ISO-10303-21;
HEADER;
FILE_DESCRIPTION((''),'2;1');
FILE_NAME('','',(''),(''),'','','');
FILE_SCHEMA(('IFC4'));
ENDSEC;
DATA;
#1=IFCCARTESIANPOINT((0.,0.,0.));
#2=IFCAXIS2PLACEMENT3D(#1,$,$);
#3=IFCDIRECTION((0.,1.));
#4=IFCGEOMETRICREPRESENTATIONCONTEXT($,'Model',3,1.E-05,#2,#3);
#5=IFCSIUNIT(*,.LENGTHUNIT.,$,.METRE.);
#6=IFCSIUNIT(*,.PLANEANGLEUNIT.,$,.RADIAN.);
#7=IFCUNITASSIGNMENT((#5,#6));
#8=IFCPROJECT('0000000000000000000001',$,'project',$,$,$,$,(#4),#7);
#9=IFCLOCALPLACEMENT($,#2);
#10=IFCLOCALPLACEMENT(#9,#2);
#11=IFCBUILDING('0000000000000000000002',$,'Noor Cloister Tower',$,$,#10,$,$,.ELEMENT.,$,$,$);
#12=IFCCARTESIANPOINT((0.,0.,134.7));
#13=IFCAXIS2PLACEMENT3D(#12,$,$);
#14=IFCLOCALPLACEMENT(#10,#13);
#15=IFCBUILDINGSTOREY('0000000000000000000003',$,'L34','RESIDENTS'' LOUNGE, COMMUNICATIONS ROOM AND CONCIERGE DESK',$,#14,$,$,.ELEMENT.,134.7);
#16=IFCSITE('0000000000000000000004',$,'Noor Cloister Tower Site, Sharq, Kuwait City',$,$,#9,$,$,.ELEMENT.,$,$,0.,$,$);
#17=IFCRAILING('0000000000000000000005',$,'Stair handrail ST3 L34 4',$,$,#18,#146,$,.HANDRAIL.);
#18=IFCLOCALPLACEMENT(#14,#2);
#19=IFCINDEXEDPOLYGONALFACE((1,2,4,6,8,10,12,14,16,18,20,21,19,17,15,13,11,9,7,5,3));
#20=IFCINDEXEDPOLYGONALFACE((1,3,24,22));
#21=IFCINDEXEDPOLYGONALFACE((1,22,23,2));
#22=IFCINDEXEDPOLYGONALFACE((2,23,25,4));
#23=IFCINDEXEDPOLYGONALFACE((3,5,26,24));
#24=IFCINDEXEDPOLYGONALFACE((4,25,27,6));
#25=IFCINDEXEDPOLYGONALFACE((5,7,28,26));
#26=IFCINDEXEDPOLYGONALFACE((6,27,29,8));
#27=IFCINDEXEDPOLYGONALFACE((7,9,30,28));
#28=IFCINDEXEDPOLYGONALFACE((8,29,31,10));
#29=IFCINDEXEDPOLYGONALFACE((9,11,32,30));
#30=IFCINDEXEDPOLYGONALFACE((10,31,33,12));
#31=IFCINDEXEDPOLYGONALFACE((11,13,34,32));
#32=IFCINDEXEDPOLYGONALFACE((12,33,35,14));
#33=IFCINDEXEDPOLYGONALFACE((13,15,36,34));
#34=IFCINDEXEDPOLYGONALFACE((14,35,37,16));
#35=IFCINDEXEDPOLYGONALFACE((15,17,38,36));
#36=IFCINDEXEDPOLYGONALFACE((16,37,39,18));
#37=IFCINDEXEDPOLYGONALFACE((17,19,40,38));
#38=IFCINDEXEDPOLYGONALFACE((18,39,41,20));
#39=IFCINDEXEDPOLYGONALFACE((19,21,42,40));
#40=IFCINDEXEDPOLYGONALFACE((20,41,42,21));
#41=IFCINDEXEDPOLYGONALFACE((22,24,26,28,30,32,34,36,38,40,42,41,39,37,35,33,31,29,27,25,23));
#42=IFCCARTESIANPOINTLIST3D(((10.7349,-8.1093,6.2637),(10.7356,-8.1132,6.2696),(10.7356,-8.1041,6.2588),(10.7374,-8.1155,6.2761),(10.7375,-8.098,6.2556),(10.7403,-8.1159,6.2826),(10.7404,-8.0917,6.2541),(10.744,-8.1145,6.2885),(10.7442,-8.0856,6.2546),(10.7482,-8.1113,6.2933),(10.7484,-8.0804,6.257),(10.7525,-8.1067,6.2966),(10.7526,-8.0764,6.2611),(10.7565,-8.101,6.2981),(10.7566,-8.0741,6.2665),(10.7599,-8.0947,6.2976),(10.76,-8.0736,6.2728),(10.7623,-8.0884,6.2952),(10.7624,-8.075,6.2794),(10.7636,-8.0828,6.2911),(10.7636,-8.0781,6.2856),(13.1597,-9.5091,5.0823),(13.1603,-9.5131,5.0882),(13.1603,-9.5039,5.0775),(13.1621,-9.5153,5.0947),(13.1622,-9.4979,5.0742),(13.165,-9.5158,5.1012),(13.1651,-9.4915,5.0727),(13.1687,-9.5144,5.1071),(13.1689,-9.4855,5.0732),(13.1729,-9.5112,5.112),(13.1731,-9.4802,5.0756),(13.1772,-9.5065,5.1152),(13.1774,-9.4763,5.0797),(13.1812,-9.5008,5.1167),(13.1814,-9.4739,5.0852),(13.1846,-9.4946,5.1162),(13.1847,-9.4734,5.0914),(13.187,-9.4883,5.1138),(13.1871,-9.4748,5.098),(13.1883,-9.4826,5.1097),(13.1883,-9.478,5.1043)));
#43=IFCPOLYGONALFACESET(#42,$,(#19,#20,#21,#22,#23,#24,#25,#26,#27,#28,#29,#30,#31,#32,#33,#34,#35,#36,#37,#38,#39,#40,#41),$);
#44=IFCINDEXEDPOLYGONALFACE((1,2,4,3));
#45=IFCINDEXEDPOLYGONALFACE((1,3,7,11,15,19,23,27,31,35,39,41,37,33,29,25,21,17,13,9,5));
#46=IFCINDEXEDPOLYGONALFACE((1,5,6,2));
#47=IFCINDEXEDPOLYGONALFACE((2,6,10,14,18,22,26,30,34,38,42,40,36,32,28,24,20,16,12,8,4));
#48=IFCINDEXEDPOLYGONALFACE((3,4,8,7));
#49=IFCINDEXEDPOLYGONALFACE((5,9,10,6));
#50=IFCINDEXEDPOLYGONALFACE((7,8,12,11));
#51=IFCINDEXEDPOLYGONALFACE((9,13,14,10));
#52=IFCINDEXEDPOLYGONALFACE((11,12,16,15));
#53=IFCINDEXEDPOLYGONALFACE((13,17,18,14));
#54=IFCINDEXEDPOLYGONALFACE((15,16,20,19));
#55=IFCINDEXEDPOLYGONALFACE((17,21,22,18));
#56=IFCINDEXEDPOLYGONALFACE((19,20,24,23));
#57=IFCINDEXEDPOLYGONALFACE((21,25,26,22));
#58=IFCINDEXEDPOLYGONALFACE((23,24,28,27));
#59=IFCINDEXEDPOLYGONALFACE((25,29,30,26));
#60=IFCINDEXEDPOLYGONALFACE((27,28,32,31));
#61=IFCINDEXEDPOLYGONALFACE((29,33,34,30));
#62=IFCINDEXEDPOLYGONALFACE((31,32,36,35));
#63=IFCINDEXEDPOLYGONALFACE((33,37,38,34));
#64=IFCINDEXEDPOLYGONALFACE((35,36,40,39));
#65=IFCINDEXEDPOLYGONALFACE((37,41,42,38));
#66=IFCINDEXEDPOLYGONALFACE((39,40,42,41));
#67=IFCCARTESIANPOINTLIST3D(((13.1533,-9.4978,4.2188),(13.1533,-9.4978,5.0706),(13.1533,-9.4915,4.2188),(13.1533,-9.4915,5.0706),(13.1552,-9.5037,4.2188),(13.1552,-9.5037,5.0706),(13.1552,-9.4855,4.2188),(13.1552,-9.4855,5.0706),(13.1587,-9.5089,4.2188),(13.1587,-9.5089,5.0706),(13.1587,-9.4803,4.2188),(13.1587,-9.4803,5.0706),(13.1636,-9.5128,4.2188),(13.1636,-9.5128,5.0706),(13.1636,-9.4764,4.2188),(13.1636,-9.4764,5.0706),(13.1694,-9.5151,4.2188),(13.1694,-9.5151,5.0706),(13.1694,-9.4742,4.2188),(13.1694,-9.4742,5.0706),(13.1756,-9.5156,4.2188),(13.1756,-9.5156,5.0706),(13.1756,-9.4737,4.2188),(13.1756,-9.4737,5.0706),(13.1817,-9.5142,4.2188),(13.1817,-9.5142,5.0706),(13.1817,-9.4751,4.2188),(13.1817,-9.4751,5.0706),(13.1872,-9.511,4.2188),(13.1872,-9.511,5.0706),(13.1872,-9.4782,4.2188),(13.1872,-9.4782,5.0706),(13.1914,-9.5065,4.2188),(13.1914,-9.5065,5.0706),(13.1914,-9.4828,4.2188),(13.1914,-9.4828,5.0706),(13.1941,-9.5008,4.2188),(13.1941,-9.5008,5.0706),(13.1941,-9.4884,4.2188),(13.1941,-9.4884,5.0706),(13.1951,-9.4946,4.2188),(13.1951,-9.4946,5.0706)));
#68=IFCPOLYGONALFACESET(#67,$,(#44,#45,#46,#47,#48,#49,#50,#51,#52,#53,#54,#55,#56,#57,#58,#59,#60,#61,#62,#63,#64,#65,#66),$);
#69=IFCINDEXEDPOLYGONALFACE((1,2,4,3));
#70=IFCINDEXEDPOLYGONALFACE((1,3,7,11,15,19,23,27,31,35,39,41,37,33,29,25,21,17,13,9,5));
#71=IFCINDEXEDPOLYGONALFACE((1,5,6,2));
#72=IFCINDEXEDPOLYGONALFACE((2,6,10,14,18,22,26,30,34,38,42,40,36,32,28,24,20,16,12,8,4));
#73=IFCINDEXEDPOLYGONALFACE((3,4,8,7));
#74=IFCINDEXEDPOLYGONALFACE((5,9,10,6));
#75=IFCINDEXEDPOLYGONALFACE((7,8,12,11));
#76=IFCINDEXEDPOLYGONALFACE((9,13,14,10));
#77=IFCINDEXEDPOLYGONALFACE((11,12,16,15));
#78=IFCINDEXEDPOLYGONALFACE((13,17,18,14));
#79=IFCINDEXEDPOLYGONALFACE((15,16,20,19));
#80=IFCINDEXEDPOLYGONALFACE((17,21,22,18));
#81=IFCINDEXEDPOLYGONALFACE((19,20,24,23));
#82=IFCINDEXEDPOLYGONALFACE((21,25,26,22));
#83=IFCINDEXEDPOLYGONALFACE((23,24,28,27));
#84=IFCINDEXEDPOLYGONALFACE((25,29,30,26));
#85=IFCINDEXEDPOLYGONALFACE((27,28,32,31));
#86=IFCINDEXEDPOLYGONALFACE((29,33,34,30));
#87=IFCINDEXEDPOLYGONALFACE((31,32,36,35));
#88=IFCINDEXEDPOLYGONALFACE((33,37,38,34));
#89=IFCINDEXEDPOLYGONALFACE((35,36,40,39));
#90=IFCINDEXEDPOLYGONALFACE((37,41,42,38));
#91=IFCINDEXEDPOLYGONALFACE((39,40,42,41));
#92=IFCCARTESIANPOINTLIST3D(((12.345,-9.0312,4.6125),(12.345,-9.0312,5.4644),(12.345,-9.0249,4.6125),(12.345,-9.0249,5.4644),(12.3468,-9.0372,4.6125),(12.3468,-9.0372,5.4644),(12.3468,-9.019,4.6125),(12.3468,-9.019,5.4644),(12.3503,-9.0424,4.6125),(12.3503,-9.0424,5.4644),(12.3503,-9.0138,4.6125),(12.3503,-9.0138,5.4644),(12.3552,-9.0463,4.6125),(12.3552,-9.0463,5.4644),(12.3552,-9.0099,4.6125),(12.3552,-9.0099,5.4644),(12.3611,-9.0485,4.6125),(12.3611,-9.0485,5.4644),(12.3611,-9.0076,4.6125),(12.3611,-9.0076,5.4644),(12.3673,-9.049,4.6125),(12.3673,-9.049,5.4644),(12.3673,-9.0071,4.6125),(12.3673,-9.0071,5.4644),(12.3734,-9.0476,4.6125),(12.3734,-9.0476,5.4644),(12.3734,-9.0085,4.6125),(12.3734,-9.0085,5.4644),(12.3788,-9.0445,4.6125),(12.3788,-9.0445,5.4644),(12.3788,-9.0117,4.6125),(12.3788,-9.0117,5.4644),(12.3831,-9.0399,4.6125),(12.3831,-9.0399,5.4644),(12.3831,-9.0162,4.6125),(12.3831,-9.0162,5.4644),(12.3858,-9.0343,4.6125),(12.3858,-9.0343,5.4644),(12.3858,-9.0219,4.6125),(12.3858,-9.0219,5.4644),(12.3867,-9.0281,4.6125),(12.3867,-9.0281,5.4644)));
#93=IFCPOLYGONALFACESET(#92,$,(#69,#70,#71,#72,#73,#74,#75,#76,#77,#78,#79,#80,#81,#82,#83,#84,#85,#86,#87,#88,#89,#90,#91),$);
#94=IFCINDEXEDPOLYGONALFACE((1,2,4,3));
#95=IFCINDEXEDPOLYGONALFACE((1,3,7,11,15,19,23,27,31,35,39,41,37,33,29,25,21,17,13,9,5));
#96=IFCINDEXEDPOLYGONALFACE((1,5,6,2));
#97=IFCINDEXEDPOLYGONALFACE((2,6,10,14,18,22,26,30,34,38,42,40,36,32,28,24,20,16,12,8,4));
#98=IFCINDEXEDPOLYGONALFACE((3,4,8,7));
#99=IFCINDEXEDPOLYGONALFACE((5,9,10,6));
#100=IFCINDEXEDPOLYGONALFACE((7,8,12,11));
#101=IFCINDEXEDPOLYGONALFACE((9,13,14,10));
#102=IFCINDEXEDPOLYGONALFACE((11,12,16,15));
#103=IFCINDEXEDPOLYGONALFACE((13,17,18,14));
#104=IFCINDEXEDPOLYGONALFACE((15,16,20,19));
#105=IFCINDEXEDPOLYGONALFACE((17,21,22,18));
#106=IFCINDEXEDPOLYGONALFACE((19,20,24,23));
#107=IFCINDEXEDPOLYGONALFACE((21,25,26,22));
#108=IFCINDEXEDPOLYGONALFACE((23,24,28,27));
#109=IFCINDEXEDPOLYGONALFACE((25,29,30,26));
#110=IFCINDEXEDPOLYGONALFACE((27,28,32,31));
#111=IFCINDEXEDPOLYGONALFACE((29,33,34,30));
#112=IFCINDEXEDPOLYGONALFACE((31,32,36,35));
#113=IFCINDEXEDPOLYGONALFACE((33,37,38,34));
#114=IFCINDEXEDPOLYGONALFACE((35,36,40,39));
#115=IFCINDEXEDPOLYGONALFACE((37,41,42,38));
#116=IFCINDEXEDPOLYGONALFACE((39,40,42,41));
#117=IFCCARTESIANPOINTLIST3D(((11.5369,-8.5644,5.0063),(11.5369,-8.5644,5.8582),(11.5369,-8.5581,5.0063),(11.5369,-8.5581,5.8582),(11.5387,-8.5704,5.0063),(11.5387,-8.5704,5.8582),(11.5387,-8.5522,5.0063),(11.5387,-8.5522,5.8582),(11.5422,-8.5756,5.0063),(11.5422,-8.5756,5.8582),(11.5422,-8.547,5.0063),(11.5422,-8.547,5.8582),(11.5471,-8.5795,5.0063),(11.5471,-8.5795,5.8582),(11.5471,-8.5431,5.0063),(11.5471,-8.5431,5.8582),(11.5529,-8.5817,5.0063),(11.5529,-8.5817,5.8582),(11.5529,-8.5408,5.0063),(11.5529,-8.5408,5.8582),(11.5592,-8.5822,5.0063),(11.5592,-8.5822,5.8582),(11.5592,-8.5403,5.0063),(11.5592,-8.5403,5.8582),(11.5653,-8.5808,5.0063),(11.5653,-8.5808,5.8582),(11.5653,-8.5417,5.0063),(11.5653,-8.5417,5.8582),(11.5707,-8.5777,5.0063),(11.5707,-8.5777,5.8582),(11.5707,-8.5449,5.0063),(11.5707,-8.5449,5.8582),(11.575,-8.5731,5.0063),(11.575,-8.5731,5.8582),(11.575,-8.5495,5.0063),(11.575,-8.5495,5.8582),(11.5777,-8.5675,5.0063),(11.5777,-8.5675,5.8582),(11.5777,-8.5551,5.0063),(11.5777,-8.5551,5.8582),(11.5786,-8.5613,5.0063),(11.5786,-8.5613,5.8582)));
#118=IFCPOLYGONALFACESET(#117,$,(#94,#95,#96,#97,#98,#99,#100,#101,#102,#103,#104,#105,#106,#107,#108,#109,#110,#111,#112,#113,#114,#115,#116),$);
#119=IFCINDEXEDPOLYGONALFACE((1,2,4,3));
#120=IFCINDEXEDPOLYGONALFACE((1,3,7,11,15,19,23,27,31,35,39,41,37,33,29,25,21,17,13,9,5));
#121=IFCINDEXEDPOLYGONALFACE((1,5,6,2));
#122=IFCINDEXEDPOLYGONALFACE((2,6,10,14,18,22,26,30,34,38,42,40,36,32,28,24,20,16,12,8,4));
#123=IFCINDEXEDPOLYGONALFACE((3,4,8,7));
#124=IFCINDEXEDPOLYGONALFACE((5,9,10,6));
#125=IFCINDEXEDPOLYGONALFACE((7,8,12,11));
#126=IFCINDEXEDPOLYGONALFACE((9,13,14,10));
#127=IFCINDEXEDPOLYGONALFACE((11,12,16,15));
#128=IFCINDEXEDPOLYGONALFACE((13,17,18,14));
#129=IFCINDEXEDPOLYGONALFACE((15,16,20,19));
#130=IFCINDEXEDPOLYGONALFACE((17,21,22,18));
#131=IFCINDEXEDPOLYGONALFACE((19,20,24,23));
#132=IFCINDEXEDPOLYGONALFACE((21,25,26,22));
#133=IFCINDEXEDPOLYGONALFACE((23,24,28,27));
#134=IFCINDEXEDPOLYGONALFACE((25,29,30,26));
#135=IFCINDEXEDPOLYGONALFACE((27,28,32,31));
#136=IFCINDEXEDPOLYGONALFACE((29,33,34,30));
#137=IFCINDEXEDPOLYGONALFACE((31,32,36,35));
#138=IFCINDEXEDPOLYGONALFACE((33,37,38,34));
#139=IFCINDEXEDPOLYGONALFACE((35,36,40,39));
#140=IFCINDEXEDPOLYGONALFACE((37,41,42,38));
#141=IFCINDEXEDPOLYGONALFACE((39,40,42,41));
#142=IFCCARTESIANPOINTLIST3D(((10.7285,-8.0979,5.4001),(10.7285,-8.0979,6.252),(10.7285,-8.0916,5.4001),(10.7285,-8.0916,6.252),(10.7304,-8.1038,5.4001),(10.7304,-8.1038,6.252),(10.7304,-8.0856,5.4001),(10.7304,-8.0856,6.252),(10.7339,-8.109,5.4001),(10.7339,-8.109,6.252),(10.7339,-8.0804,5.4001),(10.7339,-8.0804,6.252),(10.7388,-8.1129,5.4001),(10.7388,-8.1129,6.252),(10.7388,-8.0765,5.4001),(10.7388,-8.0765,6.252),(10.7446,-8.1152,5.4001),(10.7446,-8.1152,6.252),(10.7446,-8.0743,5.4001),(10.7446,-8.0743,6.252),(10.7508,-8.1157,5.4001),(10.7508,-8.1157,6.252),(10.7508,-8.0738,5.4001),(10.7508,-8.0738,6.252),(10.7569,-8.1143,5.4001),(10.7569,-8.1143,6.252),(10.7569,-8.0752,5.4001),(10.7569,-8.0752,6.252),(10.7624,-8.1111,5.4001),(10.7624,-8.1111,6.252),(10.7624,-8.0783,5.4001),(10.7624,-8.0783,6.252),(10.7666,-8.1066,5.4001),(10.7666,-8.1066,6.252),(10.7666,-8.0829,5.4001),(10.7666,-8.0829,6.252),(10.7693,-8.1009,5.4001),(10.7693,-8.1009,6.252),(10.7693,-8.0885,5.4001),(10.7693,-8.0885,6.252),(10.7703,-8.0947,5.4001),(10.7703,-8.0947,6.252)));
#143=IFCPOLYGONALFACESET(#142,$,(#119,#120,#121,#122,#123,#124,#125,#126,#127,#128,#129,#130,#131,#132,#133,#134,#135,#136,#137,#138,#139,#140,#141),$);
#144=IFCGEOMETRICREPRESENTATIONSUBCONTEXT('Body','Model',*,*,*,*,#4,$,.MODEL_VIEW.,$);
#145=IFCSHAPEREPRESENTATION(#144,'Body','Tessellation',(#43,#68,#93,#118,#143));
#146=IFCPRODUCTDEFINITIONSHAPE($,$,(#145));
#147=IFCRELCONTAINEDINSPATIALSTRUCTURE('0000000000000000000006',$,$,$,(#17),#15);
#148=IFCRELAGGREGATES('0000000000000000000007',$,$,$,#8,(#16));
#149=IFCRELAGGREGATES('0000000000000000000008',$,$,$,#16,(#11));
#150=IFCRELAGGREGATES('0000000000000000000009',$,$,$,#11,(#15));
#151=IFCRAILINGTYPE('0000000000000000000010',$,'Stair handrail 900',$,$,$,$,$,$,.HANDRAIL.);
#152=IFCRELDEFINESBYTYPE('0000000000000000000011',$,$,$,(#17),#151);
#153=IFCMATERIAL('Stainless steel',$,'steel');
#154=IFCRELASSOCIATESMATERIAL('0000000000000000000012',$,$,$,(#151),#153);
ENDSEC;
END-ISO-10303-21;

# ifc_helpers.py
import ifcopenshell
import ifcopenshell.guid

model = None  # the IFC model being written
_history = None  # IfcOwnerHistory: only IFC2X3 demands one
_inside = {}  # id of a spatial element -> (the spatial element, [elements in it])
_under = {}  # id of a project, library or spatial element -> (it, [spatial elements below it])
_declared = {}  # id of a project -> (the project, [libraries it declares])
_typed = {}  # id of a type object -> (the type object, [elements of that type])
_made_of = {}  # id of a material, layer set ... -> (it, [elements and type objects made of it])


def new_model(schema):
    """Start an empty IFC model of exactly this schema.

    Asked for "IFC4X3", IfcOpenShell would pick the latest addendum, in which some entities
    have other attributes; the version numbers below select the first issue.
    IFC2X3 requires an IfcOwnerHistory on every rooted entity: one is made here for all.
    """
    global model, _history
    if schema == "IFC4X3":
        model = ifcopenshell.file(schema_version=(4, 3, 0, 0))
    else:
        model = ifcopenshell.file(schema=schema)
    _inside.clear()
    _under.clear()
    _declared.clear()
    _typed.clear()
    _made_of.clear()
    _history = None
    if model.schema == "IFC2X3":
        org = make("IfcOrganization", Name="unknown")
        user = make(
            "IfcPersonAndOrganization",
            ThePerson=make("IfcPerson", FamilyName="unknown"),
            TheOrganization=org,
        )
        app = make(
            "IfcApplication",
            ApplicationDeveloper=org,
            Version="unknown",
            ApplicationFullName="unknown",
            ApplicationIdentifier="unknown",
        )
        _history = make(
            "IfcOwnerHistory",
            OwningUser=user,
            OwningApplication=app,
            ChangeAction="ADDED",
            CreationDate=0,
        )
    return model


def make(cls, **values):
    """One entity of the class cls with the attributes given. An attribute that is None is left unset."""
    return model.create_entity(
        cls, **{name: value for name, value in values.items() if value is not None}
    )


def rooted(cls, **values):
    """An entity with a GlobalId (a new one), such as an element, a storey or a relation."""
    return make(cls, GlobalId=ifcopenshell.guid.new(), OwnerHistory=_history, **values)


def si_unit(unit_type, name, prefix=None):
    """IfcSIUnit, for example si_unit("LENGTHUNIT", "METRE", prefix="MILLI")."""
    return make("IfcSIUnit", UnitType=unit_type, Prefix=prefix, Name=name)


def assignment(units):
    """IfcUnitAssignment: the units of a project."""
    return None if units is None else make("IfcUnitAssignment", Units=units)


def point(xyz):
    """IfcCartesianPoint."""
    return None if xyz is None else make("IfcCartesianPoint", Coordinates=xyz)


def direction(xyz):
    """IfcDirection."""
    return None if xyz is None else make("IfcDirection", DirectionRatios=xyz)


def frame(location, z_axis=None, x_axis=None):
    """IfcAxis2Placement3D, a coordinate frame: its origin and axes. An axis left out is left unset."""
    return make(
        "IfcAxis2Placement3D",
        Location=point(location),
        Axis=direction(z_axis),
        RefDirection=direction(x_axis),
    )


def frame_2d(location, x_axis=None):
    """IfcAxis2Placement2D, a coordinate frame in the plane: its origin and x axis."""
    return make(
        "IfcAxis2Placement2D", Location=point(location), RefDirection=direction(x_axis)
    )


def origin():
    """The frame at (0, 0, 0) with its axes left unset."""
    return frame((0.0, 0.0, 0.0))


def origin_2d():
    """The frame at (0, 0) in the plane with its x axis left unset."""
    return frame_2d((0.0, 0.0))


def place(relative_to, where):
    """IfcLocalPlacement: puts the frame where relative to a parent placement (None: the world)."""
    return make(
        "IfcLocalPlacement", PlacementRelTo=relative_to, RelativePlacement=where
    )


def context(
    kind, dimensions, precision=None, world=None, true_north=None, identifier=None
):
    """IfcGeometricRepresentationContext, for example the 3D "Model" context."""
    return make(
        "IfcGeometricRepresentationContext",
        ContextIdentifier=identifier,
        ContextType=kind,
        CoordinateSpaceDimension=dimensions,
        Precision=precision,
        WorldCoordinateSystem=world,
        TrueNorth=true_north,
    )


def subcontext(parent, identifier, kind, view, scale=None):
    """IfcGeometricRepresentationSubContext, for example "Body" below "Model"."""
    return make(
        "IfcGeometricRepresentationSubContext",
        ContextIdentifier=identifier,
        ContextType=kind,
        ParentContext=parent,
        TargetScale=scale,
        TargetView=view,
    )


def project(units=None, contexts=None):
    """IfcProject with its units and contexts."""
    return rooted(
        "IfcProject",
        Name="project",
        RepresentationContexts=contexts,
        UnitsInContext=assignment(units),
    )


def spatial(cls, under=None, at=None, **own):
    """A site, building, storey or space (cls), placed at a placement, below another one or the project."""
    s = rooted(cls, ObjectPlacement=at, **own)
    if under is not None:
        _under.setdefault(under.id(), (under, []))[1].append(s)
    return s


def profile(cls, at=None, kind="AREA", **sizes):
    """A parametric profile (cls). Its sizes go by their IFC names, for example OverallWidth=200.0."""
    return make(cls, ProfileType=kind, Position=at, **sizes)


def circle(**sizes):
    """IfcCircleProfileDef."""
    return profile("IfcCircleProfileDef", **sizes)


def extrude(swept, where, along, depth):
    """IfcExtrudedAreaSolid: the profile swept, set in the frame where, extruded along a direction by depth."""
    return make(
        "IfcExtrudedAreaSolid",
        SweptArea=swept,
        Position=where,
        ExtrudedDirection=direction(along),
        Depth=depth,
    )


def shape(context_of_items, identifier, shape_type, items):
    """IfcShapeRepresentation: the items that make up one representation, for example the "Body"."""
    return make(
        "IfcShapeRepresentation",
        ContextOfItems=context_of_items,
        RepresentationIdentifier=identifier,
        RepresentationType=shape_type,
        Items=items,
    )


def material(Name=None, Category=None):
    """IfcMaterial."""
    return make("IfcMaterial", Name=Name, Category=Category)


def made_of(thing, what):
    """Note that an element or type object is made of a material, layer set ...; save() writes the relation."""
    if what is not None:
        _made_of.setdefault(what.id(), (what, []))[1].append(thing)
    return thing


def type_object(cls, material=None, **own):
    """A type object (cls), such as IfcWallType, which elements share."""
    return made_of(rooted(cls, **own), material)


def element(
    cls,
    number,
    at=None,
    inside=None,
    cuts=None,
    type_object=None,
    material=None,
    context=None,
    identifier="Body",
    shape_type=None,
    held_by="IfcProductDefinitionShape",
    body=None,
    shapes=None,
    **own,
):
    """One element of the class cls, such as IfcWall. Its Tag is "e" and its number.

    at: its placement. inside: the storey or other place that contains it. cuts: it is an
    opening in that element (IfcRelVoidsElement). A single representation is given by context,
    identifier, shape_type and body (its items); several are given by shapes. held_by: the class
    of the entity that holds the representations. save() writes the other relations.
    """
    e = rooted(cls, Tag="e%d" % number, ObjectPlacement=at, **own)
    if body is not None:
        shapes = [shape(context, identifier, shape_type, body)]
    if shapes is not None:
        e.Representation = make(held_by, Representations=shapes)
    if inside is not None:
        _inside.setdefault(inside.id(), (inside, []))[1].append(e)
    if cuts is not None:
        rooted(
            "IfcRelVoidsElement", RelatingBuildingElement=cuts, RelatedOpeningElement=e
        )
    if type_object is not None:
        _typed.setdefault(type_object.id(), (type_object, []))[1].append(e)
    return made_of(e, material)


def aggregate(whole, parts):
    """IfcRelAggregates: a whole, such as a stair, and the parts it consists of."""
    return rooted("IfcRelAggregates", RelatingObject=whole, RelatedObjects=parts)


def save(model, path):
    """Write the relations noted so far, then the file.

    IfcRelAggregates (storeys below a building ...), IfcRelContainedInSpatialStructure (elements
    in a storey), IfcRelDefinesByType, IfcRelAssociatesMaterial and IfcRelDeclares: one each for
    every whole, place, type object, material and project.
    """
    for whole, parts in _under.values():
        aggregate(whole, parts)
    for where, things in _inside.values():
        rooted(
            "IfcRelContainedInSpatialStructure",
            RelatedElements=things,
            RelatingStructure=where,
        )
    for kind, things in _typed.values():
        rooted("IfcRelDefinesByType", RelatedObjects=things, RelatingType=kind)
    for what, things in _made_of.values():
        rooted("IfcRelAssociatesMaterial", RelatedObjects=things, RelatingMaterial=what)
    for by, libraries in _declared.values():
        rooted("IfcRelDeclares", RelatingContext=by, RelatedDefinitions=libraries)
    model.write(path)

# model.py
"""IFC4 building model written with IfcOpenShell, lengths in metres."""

from ifc_helpers import new_model, si_unit, direction, frame, origin, origin_2d, place, context, subcontext, project, spatial, circle, extrude, material, type_object, element, save


model = new_model("IFC4")

# Units and contexts
model_context = context("Model", 3, precision=1e-05, world=origin(), true_north=direction((0.0, 1.0)))
body_context = subcontext(model_context, "Body", "Model", "MODEL_VIEW")
ifc_project = project(units=[si_unit("LENGTHUNIT", "METRE"), si_unit("PLANEANGLEUNIT", "RADIAN")], contexts=[model_context])

# Site, building, storey
site_placement = place(None, origin())
site = spatial("IfcSite", under=ifc_project, at=site_placement, Name="Noor Cloister Tower Site, Sharq, Kuwait City", CompositionType="ELEMENT", RefElevation=0.0)
building_placement = place(site_placement, origin())
building = spatial("IfcBuilding", under=site, at=building_placement, Name="Noor Cloister Tower", CompositionType="ELEMENT")
storey_placement = place(building_placement, frame((0.0, 0.0, 134.7)))
storey = spatial("IfcBuildingStorey", under=building, at=storey_placement, Name="L34", Description="RESIDENTS' LOUNGE, COMMUNICATIONS ROOM AND CONCIERGE DESK", CompositionType="ELEMENT", Elevation=134.7)

# Railing
ifc_material_1 = material(Name="Stainless steel", Category="steel")
railing_type_1 = type_object("IfcRailingType", Name="Stair handrail 900", PredefinedType="HANDRAIL", material=ifc_material_1)
railing_1_placement = place(storey_placement, frame((13.1741, -9.4946, 4.2188)))
element("IfcRailing", 1, at=railing_1_placement, inside=storey, type_object=railing_type_1, Name="Stair handrail ST3 L34 4", PredefinedType="HANDRAIL", context=body_context, shape_type="SweptSolid", body=[
    extrude(circle(Radius=0.0239, at=origin_2d()), frame((0.0, 0.0, 0.876), z_axis=(-0.797914, 0.460656, 0.388754), x_axis=(-0.499984, -0.866035, 0.0)), (0.0, 0.0, 1.0), 3.0388),
    extrude(circle(Radius=0.021, at=origin_2d()), origin(), (0.0, 0.0, 1.0), 0.8518),
    extrude(circle(Radius=0.021, at=origin_2d()), frame((-0.8083, 0.4666, 0.3938)), (0.0, 0.0, 1.0), 0.8518),
    extrude(circle(Radius=0.021, at=origin_2d()), frame((-1.6165, 0.9333, 0.7876)), (0.0, 0.0, 1.0), 0.8518),
    extrude(circle(Radius=0.021, at=origin_2d()), frame((-2.4248, 1.3999, 1.1814)), (0.0, 0.0, 1.0), 0.8518),
])

save(model, "model.ifc")
